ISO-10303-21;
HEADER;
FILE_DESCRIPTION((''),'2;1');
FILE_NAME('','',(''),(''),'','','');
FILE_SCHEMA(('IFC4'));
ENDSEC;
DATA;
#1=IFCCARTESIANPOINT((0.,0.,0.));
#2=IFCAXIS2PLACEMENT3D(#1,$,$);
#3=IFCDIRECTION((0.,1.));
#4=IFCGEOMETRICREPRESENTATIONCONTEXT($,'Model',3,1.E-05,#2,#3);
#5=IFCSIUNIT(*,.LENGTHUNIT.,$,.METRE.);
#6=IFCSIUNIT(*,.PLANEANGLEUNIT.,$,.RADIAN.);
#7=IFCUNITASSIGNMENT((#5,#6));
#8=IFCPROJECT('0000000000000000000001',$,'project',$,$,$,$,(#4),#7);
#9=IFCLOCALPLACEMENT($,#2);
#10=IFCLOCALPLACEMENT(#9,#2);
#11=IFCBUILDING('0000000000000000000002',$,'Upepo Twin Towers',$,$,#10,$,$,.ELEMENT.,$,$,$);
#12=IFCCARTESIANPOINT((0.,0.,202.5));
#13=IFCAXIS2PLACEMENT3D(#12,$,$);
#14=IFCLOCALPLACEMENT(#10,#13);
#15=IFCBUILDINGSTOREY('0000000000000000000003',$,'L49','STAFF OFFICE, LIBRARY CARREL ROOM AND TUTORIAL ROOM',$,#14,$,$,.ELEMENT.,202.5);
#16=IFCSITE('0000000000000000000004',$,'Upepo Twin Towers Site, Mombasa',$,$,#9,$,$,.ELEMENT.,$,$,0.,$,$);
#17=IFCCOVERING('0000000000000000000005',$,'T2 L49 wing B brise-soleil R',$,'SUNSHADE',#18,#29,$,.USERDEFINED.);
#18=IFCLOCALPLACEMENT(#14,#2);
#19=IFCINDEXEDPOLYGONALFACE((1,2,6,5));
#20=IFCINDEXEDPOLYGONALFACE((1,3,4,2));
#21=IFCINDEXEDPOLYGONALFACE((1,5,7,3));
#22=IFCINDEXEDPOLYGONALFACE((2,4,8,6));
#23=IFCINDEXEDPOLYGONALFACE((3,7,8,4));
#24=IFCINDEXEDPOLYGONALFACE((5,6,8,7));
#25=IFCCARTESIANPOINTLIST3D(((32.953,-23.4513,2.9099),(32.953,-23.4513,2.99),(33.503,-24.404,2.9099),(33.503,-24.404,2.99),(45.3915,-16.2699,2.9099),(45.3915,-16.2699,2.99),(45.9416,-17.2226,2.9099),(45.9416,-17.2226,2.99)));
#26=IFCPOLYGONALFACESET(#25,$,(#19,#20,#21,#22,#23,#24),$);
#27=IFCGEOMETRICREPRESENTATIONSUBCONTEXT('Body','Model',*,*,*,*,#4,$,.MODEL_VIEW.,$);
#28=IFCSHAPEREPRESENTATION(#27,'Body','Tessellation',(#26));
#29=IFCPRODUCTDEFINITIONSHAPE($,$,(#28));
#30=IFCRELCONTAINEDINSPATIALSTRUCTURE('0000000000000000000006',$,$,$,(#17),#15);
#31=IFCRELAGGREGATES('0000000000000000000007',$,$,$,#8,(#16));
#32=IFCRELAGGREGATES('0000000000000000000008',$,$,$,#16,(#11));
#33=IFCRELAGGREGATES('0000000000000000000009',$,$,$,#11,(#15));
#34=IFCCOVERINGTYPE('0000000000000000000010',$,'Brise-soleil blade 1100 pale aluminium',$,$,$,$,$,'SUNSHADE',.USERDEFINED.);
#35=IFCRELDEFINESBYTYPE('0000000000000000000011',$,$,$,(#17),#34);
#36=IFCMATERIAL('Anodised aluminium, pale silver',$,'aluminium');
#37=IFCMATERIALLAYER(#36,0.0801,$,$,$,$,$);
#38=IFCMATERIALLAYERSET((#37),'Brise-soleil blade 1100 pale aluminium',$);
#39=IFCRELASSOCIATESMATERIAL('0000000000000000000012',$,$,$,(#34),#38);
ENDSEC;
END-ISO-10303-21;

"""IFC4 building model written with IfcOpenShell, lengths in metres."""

from ifc_helpers import new_model, si_unit, direction, frame, origin, origin_2d, place, context, subcontext, project, spatial, rectangle, extrude, material, layer, layer_set, type_object, element, save


model = new_model("IFC4")

# Units and contexts
model_context = context("Model", 3, precision=1e-05, world=origin(), true_north=direction((0.0, 1.0)))
body_context = subcontext(model_context, "Body", "Model", "MODEL_VIEW")
ifc_project = project(units=[si_unit("LENGTHUNIT", "METRE"), si_unit("PLANEANGLEUNIT", "RADIAN")], contexts=[model_context])

# Site, building, storey
site_placement = place(None, origin())
site = spatial("IfcSite", under=ifc_project, at=site_placement, Name="Upepo Twin Towers Site, Mombasa", CompositionType="ELEMENT", RefElevation=0.0)
building_placement = place(site_placement, origin())
building = spatial("IfcBuilding", under=site, at=building_placement, Name="Upepo Twin Towers", CompositionType="ELEMENT")
storey_placement = place(building_placement, frame((0.0, 0.0, 202.5)))
storey = spatial("IfcBuildingStorey", under=building, at=storey_placement, Name="L49", Description="STAFF OFFICE, LIBRARY CARREL ROOM AND TUTORIAL ROOM", CompositionType="ELEMENT", Elevation=202.5)

# Covering
ifc_material_1 = material(Name="Anodised aluminium, pale silver", Category="aluminium")
ifc_layer_1 = layer(ifc_material_1, 0.0801)
ifc_layer_set_1 = layer_set([ifc_layer_1], Name="Brise-soleil blade 1100 pale aluminium")
covering_type = type_object("IfcCoveringType", Name="Brise-soleil blade 1100 pale aluminium", ElementType="SUNSHADE", PredefinedType="USERDEFINED", material=ifc_layer_set_1)
covering_placement = place(storey_placement, frame((39.4473, -20.3369, 2.9099), z_axis=(0.0, 0.0, 1.0), x_axis=(-0.866025, -0.5, 0.0)))
element("IfcCovering", 1, at=covering_placement, inside=storey, type_object=covering_type, Name="T2 L49 wing B brise-soleil R", ObjectType="SUNSHADE", PredefinedType="USERDEFINED", context=body_context, shape_type="SweptSolid", body=[
    extrude(rectangle(XDim=14.3628, YDim=1.1001, at=origin_2d()), origin(), (0.0, 0.0, 1.0), 0.0801),
])

save(model, "model.ifc")
